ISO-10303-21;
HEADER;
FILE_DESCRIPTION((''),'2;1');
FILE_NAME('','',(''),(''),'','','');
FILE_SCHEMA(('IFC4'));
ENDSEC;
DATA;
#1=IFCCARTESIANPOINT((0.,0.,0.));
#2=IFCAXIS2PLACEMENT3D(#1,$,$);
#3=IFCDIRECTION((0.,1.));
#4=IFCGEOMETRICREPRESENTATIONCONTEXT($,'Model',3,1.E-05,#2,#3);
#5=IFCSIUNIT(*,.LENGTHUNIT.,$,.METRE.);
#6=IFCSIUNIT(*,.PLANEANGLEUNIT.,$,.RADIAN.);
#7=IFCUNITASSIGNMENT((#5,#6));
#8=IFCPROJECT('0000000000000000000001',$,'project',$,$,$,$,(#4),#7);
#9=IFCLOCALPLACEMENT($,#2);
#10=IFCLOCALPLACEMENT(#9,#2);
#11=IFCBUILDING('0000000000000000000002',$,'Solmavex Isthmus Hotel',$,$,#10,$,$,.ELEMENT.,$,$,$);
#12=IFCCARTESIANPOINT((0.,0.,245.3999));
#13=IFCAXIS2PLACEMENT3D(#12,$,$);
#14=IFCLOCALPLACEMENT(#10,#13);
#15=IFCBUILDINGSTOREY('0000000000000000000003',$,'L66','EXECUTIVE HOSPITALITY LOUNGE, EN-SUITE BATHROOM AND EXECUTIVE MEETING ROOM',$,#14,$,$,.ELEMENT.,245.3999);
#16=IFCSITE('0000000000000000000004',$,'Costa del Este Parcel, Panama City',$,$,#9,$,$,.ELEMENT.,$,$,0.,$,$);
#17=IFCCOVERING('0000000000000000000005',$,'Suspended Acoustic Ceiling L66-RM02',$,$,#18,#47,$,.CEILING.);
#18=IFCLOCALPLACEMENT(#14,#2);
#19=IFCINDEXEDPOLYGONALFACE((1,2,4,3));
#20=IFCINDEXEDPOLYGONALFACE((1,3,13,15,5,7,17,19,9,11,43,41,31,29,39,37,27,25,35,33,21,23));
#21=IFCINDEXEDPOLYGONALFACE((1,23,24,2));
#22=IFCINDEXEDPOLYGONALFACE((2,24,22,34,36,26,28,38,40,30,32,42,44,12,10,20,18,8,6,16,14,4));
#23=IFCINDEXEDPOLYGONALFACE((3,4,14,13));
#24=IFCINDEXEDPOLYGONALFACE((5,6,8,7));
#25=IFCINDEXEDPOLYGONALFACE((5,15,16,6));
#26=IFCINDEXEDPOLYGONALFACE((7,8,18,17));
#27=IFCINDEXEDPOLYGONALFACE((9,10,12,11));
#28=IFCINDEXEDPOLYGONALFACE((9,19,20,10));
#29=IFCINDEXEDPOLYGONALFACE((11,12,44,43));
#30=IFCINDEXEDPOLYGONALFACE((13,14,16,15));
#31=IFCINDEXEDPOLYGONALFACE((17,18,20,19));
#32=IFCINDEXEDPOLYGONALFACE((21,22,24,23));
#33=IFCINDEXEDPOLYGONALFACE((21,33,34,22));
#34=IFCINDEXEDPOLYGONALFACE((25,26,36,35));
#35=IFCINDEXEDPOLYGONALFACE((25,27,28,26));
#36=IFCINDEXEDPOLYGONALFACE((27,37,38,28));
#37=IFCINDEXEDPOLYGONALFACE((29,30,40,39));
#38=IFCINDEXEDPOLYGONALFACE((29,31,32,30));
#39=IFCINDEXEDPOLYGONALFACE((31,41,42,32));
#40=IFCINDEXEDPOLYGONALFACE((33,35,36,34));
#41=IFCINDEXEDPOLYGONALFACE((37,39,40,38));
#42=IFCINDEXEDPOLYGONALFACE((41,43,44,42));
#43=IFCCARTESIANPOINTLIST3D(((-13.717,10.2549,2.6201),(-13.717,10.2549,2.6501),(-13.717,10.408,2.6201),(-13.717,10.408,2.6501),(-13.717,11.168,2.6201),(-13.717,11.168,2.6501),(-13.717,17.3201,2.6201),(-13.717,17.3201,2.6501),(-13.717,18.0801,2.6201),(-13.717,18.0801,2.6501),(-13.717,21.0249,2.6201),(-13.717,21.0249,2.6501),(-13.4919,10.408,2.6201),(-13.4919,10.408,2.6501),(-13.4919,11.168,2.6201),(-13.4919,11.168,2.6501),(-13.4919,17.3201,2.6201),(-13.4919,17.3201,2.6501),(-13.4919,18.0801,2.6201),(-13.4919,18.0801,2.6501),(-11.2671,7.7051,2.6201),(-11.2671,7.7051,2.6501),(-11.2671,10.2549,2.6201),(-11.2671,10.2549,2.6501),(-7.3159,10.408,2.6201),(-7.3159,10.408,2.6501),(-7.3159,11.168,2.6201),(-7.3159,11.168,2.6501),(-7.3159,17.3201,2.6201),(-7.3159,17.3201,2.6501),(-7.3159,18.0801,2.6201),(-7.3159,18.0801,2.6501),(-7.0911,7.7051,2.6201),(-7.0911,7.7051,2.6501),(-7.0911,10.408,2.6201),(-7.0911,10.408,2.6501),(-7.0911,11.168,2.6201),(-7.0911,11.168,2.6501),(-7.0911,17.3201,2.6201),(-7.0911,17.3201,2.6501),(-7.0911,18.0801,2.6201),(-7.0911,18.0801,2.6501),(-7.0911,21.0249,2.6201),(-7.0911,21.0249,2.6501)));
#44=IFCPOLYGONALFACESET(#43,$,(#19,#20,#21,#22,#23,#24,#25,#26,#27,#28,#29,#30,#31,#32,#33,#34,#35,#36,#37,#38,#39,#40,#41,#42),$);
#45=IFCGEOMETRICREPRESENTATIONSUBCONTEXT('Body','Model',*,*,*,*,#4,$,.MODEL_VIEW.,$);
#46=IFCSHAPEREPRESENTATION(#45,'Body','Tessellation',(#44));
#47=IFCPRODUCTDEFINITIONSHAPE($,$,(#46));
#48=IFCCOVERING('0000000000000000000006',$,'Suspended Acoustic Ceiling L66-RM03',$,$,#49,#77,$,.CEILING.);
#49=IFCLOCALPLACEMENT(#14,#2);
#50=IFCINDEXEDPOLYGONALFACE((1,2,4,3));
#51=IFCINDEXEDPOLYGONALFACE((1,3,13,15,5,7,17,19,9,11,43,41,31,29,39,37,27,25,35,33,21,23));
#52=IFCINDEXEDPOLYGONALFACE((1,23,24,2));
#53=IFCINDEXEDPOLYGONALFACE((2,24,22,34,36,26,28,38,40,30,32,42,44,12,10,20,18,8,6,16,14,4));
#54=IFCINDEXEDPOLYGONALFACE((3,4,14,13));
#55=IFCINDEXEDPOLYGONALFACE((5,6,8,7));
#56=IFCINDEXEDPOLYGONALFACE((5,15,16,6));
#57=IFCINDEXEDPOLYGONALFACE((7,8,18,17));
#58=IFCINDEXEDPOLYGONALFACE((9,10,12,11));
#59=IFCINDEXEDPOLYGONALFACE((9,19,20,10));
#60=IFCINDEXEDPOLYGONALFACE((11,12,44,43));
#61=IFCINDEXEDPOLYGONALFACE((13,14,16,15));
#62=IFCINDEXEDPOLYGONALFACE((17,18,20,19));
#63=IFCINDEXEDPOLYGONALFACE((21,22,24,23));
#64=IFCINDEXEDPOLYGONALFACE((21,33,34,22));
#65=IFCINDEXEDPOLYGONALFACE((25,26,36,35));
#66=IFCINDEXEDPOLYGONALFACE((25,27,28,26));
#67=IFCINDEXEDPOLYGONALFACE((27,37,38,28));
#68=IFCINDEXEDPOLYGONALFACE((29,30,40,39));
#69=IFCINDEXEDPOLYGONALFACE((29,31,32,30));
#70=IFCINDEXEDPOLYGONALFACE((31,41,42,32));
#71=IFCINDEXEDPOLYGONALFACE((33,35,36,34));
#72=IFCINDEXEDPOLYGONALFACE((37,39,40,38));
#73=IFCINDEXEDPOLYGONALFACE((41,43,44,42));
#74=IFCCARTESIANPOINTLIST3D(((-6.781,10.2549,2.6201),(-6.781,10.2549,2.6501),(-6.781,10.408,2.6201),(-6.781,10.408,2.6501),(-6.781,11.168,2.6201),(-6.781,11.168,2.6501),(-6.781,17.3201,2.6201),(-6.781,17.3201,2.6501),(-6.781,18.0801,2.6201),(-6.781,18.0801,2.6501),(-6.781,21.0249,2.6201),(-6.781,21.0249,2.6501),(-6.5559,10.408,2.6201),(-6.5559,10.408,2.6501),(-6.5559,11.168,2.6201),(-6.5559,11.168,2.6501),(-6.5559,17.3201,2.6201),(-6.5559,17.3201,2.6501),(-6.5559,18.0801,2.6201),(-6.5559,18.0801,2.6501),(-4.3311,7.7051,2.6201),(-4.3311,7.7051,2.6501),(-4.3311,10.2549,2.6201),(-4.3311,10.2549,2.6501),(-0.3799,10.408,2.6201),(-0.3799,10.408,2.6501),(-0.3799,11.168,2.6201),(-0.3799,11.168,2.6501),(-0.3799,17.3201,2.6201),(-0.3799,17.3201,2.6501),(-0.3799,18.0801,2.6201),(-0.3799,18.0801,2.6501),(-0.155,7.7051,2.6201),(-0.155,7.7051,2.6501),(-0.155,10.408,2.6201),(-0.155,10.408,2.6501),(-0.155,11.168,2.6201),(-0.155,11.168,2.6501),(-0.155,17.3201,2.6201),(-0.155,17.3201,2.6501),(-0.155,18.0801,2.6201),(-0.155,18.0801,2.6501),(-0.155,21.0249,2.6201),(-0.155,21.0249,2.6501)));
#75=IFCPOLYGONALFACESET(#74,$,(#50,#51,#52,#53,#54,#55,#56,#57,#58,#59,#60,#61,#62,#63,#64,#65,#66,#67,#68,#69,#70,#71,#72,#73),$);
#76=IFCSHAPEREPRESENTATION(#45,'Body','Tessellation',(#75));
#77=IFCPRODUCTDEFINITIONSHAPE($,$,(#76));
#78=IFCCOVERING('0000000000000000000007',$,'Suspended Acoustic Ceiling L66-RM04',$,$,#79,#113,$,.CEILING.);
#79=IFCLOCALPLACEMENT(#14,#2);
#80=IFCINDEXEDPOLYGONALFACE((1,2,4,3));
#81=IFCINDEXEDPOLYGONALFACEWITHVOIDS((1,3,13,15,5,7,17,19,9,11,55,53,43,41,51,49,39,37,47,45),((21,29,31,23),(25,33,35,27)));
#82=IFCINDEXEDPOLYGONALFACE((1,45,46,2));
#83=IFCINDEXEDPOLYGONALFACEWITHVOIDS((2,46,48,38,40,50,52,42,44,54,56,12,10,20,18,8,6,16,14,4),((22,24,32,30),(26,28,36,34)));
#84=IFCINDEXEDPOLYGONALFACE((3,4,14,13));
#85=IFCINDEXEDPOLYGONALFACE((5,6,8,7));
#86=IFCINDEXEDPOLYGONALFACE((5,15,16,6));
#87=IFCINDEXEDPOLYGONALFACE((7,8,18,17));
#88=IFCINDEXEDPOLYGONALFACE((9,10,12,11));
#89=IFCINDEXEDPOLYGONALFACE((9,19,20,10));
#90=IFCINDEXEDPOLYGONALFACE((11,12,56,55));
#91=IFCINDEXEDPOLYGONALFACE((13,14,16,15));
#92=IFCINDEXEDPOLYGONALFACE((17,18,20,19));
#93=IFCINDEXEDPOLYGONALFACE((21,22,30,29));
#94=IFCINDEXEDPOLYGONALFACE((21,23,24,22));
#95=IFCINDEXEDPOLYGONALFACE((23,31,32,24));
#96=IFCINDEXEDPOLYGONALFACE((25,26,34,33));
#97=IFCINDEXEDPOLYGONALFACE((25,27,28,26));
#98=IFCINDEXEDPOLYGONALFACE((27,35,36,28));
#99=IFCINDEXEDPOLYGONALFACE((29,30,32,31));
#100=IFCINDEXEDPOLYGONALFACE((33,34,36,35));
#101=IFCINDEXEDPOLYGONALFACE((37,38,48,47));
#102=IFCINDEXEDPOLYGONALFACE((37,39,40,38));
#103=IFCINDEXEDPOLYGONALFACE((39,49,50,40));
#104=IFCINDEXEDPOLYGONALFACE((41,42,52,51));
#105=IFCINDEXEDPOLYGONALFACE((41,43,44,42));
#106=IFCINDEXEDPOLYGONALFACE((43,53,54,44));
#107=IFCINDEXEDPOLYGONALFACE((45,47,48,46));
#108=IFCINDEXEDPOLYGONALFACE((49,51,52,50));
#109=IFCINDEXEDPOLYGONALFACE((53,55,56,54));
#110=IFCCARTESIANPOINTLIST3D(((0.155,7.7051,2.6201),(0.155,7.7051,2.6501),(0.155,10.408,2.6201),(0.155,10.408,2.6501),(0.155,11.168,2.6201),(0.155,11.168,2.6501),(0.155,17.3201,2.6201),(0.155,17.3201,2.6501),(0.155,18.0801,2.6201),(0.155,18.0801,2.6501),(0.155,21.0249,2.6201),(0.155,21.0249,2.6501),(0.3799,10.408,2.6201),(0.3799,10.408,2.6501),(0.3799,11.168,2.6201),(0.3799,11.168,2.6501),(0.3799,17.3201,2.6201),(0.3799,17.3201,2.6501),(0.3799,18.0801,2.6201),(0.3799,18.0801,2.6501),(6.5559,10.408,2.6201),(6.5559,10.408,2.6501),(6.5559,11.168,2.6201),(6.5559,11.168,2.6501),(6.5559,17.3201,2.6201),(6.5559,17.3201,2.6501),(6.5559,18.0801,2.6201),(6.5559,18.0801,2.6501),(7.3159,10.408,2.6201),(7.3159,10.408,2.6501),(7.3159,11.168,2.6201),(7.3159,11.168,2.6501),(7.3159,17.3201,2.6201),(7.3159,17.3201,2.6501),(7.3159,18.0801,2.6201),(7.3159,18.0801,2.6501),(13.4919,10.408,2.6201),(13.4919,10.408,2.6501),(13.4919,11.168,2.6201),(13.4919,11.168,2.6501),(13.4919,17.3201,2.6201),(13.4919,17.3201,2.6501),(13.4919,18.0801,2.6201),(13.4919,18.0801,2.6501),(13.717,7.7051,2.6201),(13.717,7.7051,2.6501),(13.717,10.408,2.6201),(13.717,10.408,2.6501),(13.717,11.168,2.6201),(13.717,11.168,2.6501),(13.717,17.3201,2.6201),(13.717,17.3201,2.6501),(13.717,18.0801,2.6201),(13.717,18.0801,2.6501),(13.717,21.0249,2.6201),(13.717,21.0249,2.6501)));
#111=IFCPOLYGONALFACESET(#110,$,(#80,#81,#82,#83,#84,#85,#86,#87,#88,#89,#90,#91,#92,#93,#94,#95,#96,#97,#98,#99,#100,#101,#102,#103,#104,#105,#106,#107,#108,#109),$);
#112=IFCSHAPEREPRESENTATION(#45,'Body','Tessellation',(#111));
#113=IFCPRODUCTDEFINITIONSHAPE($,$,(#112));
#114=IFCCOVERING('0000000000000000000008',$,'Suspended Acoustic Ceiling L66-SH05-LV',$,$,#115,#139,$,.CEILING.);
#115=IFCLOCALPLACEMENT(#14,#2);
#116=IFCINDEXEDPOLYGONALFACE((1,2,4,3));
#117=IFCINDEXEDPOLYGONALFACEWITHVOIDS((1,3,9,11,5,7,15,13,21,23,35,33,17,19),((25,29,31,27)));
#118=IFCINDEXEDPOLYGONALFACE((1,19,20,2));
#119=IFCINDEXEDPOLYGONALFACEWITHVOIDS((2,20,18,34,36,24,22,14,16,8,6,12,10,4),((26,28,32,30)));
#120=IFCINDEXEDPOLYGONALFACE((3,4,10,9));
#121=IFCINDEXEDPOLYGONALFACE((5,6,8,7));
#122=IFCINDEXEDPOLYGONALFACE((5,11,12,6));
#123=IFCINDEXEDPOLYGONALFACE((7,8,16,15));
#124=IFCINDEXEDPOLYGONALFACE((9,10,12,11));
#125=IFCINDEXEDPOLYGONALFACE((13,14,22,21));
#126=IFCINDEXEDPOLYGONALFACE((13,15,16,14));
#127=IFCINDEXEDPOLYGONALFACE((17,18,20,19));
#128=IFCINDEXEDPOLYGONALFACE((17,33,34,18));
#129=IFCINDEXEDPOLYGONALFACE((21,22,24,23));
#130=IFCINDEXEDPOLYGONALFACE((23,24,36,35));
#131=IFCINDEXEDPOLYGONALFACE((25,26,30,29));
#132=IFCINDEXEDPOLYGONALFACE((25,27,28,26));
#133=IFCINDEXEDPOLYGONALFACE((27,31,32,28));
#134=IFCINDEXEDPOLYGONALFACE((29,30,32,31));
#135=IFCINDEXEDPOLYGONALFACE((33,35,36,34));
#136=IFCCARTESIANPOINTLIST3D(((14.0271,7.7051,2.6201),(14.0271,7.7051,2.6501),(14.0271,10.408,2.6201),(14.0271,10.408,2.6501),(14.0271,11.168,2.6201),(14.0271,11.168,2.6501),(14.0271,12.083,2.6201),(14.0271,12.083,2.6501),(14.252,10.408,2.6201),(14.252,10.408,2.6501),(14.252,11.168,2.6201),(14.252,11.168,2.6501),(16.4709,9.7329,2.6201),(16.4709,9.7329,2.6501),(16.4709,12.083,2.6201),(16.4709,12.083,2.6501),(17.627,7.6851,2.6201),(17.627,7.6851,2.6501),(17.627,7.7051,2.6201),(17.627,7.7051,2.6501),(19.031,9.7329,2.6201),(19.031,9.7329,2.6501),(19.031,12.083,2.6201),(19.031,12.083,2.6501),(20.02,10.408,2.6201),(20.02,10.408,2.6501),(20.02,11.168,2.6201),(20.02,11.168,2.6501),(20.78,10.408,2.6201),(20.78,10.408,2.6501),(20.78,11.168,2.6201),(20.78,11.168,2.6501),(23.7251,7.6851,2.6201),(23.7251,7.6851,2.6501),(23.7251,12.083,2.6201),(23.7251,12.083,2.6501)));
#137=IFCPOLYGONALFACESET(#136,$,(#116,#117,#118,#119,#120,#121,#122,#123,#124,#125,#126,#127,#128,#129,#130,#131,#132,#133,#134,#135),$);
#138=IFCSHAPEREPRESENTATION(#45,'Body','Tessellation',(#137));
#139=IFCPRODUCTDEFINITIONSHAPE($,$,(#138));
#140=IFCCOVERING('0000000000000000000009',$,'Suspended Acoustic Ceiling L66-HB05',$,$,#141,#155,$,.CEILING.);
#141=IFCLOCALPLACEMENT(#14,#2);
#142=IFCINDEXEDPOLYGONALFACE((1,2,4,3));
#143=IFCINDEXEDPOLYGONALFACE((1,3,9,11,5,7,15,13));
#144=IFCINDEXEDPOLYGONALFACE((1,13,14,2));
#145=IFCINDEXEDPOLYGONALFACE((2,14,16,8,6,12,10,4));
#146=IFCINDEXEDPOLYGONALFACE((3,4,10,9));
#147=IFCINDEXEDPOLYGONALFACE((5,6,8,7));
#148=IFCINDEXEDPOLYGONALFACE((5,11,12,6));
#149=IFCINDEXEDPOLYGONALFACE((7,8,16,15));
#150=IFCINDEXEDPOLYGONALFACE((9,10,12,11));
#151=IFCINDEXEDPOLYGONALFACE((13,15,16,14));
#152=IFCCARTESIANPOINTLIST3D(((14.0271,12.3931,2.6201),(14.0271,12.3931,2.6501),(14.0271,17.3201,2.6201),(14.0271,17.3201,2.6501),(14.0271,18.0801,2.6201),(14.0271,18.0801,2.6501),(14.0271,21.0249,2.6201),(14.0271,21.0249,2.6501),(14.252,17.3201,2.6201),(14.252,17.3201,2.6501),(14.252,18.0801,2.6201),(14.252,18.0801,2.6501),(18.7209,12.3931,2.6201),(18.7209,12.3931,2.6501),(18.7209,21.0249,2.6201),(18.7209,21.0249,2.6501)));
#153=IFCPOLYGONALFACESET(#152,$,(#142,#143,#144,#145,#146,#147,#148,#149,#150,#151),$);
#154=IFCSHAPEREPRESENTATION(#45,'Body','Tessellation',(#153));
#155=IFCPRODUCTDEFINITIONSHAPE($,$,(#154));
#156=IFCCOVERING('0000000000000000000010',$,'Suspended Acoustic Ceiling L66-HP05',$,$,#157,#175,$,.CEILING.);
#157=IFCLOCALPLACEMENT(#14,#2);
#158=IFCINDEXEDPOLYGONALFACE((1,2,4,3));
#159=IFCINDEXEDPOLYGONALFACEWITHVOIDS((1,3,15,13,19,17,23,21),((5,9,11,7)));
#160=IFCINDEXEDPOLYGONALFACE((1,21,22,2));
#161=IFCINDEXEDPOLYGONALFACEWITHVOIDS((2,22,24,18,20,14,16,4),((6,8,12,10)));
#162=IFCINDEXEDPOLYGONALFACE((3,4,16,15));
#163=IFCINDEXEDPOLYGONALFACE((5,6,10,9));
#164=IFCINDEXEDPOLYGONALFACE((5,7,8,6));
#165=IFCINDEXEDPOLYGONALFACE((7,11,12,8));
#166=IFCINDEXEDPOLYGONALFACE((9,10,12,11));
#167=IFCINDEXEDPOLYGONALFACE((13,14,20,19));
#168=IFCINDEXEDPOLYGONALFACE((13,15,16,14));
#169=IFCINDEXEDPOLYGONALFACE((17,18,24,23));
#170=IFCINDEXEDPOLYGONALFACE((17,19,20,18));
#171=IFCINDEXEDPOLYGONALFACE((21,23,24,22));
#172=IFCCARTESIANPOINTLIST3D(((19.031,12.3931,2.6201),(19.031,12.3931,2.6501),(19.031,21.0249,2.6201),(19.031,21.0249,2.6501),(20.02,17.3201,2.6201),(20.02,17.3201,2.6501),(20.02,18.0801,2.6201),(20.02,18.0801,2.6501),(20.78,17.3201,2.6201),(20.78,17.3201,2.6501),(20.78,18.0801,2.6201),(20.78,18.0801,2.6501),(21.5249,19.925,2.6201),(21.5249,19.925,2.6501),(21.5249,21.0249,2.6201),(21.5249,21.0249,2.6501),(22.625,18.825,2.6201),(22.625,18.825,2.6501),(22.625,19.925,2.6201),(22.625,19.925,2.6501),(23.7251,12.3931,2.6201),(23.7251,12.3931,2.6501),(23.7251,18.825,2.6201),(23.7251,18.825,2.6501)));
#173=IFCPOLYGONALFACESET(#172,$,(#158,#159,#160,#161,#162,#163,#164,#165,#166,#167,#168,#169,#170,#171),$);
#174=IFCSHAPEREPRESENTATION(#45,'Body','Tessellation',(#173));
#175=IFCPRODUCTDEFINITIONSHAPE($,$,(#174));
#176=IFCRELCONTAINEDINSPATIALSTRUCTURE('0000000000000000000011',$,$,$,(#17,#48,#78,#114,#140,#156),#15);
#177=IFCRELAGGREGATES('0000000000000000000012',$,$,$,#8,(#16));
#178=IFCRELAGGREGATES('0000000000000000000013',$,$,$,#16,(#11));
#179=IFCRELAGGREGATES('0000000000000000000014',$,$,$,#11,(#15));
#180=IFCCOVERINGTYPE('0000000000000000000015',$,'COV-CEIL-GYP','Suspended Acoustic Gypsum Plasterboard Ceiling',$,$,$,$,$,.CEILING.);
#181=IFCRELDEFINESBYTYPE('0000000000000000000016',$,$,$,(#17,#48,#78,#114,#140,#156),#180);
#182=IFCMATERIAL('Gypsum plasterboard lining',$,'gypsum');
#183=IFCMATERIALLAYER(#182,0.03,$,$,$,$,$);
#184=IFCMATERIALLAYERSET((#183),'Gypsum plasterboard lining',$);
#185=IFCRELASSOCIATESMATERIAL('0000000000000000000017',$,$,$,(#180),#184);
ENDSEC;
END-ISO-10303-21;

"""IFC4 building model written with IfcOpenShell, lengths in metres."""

from ifc_helpers import new_model, si_unit, direction, frame, origin, place, context, subcontext, project, spatial, polyline, outline, extrude, material, layer, layer_set, type_object, element, save


model = new_model("IFC4")

# Units and contexts
model_context = context("Model", 3, precision=1e-05, world=origin(), true_north=direction((0.0, 1.0)))
body_context = subcontext(model_context, "Body", "Model", "MODEL_VIEW")
ifc_project = project(units=[si_unit("LENGTHUNIT", "METRE"), si_unit("PLANEANGLEUNIT", "RADIAN")], contexts=[model_context])

# Site, building, storey
site_placement = place(None, origin())
site = spatial("IfcSite", under=ifc_project, at=site_placement, Name="Costa del Este Parcel, Panama City", CompositionType="ELEMENT", RefElevation=0.0)
building_placement = place(site_placement, origin())
building = spatial("IfcBuilding", under=site, at=building_placement, Name="Solmavex Isthmus Hotel", CompositionType="ELEMENT")
storey_placement = place(building_placement, frame((0.0, 0.0, 245.3999)))
storey = spatial("IfcBuildingStorey", under=building, at=storey_placement, Name="L66", Description="EXECUTIVE HOSPITALITY LOUNGE, EN-SUITE BATHROOM AND EXECUTIVE MEETING ROOM", CompositionType="ELEMENT", Elevation=245.3999)

# Coverings
ifc_material_1 = material(Name="Gypsum plasterboard lining", Category="gypsum")
ifc_layer_1 = layer(ifc_material_1, 0.03)
ifc_layer_set_1 = layer_set([ifc_layer_1], Name="Gypsum plasterboard lining")
covering_type_1 = type_object("IfcCoveringType", Name="COV-CEIL-GYP", Description="Suspended Acoustic Gypsum Plasterboard Ceiling", PredefinedType="CEILING", material=ifc_layer_set_1)
covering_1_placement = place(storey_placement, frame((0.0, 0.0, 2.6201)))
element("IfcCovering", 1, at=covering_1_placement, inside=storey, type_object=covering_type_1, Name="Suspended Acoustic Ceiling L66-RM02", PredefinedType="CEILING", context=body_context, shape_type="SweptSolid", body=[
    extrude(outline(polyline([(-13.717, 11.168), (-13.4919, 11.168), (-13.4919, 10.408), (-13.717, 10.408), (-13.717, 10.2549), (-11.2671, 10.2549), (-11.2671, 7.7051), (-7.0911, 7.7051), (-7.0911, 10.408), (-7.3159, 10.408), (-7.3159, 11.168), (-7.0911, 11.168), (-7.0911, 17.3201), (-7.3159, 17.3201), (-7.3159, 18.0801), (-7.0911, 18.0801), (-7.0911, 21.0249), (-13.717, 21.0249), (-13.717, 18.0801), (-13.4919, 18.0801), (-13.4919, 17.3201), (-13.717, 17.3201), (-13.717, 11.168)])), origin(), (0.0, 0.0, 1.0), 0.03),
])
covering_2_placement = place(storey_placement, frame((0.0, 0.0, 2.6201)))
element("IfcCovering", 2, at=covering_2_placement, inside=storey, type_object=covering_type_1, Name="Suspended Acoustic Ceiling L66-RM03", PredefinedType="CEILING", context=body_context, shape_type="SweptSolid", body=[
    extrude(outline(polyline([(-6.781, 11.168), (-6.5559, 11.168), (-6.5559, 10.408), (-6.781, 10.408), (-6.781, 10.2549), (-4.3311, 10.2549), (-4.3311, 7.7051), (-0.155, 7.7051), (-0.155, 10.408), (-0.3799, 10.408), (-0.3799, 11.168), (-0.155, 11.168), (-0.155, 17.3201), (-0.3799, 17.3201), (-0.3799, 18.0801), (-0.155, 18.0801), (-0.155, 21.0249), (-6.781, 21.0249), (-6.781, 18.0801), (-6.5559, 18.0801), (-6.5559, 17.3201), (-6.781, 17.3201), (-6.781, 11.168)])), origin(), (0.0, 0.0, 1.0), 0.03),
])
covering_3_placement = place(storey_placement, frame((0.0, 0.0, 2.6201)))
element("IfcCovering", 3, at=covering_3_placement, inside=storey, type_object=covering_type_1, Name="Suspended Acoustic Ceiling L66-RM04", PredefinedType="CEILING", context=body_context, shape_type="SweptSolid", body=[
    extrude(outline(polyline([(0.155, 11.168), (0.3799, 11.168), (0.3799, 10.408), (0.155, 10.408), (0.155, 7.7051), (13.717, 7.7051), (13.717, 10.408), (13.4919, 10.408), (13.4919, 11.168), (13.717, 11.168), (13.717, 17.3201), (13.4919, 17.3201), (13.4919, 18.0801), (13.717, 18.0801), (13.717, 21.0249), (0.155, 21.0249), (0.155, 18.0801), (0.3799, 18.0801), (0.3799, 17.3201), (0.155, 17.3201), (0.155, 11.168)]), holes=[polyline([(6.5559, 10.408), (6.5559, 11.168), (7.3159, 11.168), (7.3159, 10.408), (6.5559, 10.408)]), polyline([(6.5559, 17.3201), (6.5559, 18.0801), (7.3159, 18.0801), (7.3159, 17.3201), (6.5559, 17.3201)])]), origin(), (0.0, 0.0, 1.0), 0.03),
])
covering_4_placement = place(storey_placement, frame((0.0, 0.0, 2.6201)))
element("IfcCovering", 4, at=covering_4_placement, inside=storey, type_object=covering_type_1, Name="Suspended Acoustic Ceiling L66-SH05-LV", PredefinedType="CEILING", context=body_context, shape_type="SweptSolid", body=[
    extrude(outline(polyline([(14.0271, 11.168), (14.252, 11.168), (14.252, 10.408), (14.0271, 10.408), (14.0271, 7.7051), (17.627, 7.7051), (17.627, 7.6851), (23.7251, 7.6851), (23.7251, 12.083), (19.031, 12.083), (19.031, 9.7329), (16.4709, 9.7329), (16.4709, 12.083), (14.0271, 12.083), (14.0271, 11.168)]), holes=[polyline([(20.02, 10.408), (20.02, 11.168), (20.78, 11.168), (20.78, 10.408), (20.02, 10.408)])]), origin(), (0.0, 0.0, 1.0), 0.03),
])
covering_5_placement = place(storey_placement, frame((0.0, 0.0, 2.6201)))
element("IfcCovering", 5, at=covering_5_placement, inside=storey, type_object=covering_type_1, Name="Suspended Acoustic Ceiling L66-HB05", PredefinedType="CEILING", context=body_context, shape_type="SweptSolid", body=[
    extrude(outline(polyline([(14.0271, 18.0801), (14.252, 18.0801), (14.252, 17.3201), (14.0271, 17.3201), (14.0271, 12.3931), (18.7209, 12.3931), (18.7209, 21.0249), (14.0271, 21.0249), (14.0271, 18.0801)])), origin(), (0.0, 0.0, 1.0), 0.03),
])
covering_6_placement = place(storey_placement, frame((0.0, 0.0, 2.6201)))
element("IfcCovering", 6, at=covering_6_placement, inside=storey, type_object=covering_type_1, Name="Suspended Acoustic Ceiling L66-HP05", PredefinedType="CEILING", context=body_context, shape_type="SweptSolid", body=[
    extrude(outline(polyline([(21.5249, 19.925), (21.5249, 21.0249), (19.031, 21.0249), (19.031, 12.3931), (23.7251, 12.3931), (23.7251, 18.825), (22.625, 18.825), (22.625, 19.925), (21.5249, 19.925)]), holes=[polyline([(20.02, 17.3201), (20.02, 18.0801), (20.78, 18.0801), (20.78, 17.3201), (20.02, 17.3201)])]), origin(), (0.0, 0.0, 1.0), 0.03),
])

save(model, "model.ifc")
